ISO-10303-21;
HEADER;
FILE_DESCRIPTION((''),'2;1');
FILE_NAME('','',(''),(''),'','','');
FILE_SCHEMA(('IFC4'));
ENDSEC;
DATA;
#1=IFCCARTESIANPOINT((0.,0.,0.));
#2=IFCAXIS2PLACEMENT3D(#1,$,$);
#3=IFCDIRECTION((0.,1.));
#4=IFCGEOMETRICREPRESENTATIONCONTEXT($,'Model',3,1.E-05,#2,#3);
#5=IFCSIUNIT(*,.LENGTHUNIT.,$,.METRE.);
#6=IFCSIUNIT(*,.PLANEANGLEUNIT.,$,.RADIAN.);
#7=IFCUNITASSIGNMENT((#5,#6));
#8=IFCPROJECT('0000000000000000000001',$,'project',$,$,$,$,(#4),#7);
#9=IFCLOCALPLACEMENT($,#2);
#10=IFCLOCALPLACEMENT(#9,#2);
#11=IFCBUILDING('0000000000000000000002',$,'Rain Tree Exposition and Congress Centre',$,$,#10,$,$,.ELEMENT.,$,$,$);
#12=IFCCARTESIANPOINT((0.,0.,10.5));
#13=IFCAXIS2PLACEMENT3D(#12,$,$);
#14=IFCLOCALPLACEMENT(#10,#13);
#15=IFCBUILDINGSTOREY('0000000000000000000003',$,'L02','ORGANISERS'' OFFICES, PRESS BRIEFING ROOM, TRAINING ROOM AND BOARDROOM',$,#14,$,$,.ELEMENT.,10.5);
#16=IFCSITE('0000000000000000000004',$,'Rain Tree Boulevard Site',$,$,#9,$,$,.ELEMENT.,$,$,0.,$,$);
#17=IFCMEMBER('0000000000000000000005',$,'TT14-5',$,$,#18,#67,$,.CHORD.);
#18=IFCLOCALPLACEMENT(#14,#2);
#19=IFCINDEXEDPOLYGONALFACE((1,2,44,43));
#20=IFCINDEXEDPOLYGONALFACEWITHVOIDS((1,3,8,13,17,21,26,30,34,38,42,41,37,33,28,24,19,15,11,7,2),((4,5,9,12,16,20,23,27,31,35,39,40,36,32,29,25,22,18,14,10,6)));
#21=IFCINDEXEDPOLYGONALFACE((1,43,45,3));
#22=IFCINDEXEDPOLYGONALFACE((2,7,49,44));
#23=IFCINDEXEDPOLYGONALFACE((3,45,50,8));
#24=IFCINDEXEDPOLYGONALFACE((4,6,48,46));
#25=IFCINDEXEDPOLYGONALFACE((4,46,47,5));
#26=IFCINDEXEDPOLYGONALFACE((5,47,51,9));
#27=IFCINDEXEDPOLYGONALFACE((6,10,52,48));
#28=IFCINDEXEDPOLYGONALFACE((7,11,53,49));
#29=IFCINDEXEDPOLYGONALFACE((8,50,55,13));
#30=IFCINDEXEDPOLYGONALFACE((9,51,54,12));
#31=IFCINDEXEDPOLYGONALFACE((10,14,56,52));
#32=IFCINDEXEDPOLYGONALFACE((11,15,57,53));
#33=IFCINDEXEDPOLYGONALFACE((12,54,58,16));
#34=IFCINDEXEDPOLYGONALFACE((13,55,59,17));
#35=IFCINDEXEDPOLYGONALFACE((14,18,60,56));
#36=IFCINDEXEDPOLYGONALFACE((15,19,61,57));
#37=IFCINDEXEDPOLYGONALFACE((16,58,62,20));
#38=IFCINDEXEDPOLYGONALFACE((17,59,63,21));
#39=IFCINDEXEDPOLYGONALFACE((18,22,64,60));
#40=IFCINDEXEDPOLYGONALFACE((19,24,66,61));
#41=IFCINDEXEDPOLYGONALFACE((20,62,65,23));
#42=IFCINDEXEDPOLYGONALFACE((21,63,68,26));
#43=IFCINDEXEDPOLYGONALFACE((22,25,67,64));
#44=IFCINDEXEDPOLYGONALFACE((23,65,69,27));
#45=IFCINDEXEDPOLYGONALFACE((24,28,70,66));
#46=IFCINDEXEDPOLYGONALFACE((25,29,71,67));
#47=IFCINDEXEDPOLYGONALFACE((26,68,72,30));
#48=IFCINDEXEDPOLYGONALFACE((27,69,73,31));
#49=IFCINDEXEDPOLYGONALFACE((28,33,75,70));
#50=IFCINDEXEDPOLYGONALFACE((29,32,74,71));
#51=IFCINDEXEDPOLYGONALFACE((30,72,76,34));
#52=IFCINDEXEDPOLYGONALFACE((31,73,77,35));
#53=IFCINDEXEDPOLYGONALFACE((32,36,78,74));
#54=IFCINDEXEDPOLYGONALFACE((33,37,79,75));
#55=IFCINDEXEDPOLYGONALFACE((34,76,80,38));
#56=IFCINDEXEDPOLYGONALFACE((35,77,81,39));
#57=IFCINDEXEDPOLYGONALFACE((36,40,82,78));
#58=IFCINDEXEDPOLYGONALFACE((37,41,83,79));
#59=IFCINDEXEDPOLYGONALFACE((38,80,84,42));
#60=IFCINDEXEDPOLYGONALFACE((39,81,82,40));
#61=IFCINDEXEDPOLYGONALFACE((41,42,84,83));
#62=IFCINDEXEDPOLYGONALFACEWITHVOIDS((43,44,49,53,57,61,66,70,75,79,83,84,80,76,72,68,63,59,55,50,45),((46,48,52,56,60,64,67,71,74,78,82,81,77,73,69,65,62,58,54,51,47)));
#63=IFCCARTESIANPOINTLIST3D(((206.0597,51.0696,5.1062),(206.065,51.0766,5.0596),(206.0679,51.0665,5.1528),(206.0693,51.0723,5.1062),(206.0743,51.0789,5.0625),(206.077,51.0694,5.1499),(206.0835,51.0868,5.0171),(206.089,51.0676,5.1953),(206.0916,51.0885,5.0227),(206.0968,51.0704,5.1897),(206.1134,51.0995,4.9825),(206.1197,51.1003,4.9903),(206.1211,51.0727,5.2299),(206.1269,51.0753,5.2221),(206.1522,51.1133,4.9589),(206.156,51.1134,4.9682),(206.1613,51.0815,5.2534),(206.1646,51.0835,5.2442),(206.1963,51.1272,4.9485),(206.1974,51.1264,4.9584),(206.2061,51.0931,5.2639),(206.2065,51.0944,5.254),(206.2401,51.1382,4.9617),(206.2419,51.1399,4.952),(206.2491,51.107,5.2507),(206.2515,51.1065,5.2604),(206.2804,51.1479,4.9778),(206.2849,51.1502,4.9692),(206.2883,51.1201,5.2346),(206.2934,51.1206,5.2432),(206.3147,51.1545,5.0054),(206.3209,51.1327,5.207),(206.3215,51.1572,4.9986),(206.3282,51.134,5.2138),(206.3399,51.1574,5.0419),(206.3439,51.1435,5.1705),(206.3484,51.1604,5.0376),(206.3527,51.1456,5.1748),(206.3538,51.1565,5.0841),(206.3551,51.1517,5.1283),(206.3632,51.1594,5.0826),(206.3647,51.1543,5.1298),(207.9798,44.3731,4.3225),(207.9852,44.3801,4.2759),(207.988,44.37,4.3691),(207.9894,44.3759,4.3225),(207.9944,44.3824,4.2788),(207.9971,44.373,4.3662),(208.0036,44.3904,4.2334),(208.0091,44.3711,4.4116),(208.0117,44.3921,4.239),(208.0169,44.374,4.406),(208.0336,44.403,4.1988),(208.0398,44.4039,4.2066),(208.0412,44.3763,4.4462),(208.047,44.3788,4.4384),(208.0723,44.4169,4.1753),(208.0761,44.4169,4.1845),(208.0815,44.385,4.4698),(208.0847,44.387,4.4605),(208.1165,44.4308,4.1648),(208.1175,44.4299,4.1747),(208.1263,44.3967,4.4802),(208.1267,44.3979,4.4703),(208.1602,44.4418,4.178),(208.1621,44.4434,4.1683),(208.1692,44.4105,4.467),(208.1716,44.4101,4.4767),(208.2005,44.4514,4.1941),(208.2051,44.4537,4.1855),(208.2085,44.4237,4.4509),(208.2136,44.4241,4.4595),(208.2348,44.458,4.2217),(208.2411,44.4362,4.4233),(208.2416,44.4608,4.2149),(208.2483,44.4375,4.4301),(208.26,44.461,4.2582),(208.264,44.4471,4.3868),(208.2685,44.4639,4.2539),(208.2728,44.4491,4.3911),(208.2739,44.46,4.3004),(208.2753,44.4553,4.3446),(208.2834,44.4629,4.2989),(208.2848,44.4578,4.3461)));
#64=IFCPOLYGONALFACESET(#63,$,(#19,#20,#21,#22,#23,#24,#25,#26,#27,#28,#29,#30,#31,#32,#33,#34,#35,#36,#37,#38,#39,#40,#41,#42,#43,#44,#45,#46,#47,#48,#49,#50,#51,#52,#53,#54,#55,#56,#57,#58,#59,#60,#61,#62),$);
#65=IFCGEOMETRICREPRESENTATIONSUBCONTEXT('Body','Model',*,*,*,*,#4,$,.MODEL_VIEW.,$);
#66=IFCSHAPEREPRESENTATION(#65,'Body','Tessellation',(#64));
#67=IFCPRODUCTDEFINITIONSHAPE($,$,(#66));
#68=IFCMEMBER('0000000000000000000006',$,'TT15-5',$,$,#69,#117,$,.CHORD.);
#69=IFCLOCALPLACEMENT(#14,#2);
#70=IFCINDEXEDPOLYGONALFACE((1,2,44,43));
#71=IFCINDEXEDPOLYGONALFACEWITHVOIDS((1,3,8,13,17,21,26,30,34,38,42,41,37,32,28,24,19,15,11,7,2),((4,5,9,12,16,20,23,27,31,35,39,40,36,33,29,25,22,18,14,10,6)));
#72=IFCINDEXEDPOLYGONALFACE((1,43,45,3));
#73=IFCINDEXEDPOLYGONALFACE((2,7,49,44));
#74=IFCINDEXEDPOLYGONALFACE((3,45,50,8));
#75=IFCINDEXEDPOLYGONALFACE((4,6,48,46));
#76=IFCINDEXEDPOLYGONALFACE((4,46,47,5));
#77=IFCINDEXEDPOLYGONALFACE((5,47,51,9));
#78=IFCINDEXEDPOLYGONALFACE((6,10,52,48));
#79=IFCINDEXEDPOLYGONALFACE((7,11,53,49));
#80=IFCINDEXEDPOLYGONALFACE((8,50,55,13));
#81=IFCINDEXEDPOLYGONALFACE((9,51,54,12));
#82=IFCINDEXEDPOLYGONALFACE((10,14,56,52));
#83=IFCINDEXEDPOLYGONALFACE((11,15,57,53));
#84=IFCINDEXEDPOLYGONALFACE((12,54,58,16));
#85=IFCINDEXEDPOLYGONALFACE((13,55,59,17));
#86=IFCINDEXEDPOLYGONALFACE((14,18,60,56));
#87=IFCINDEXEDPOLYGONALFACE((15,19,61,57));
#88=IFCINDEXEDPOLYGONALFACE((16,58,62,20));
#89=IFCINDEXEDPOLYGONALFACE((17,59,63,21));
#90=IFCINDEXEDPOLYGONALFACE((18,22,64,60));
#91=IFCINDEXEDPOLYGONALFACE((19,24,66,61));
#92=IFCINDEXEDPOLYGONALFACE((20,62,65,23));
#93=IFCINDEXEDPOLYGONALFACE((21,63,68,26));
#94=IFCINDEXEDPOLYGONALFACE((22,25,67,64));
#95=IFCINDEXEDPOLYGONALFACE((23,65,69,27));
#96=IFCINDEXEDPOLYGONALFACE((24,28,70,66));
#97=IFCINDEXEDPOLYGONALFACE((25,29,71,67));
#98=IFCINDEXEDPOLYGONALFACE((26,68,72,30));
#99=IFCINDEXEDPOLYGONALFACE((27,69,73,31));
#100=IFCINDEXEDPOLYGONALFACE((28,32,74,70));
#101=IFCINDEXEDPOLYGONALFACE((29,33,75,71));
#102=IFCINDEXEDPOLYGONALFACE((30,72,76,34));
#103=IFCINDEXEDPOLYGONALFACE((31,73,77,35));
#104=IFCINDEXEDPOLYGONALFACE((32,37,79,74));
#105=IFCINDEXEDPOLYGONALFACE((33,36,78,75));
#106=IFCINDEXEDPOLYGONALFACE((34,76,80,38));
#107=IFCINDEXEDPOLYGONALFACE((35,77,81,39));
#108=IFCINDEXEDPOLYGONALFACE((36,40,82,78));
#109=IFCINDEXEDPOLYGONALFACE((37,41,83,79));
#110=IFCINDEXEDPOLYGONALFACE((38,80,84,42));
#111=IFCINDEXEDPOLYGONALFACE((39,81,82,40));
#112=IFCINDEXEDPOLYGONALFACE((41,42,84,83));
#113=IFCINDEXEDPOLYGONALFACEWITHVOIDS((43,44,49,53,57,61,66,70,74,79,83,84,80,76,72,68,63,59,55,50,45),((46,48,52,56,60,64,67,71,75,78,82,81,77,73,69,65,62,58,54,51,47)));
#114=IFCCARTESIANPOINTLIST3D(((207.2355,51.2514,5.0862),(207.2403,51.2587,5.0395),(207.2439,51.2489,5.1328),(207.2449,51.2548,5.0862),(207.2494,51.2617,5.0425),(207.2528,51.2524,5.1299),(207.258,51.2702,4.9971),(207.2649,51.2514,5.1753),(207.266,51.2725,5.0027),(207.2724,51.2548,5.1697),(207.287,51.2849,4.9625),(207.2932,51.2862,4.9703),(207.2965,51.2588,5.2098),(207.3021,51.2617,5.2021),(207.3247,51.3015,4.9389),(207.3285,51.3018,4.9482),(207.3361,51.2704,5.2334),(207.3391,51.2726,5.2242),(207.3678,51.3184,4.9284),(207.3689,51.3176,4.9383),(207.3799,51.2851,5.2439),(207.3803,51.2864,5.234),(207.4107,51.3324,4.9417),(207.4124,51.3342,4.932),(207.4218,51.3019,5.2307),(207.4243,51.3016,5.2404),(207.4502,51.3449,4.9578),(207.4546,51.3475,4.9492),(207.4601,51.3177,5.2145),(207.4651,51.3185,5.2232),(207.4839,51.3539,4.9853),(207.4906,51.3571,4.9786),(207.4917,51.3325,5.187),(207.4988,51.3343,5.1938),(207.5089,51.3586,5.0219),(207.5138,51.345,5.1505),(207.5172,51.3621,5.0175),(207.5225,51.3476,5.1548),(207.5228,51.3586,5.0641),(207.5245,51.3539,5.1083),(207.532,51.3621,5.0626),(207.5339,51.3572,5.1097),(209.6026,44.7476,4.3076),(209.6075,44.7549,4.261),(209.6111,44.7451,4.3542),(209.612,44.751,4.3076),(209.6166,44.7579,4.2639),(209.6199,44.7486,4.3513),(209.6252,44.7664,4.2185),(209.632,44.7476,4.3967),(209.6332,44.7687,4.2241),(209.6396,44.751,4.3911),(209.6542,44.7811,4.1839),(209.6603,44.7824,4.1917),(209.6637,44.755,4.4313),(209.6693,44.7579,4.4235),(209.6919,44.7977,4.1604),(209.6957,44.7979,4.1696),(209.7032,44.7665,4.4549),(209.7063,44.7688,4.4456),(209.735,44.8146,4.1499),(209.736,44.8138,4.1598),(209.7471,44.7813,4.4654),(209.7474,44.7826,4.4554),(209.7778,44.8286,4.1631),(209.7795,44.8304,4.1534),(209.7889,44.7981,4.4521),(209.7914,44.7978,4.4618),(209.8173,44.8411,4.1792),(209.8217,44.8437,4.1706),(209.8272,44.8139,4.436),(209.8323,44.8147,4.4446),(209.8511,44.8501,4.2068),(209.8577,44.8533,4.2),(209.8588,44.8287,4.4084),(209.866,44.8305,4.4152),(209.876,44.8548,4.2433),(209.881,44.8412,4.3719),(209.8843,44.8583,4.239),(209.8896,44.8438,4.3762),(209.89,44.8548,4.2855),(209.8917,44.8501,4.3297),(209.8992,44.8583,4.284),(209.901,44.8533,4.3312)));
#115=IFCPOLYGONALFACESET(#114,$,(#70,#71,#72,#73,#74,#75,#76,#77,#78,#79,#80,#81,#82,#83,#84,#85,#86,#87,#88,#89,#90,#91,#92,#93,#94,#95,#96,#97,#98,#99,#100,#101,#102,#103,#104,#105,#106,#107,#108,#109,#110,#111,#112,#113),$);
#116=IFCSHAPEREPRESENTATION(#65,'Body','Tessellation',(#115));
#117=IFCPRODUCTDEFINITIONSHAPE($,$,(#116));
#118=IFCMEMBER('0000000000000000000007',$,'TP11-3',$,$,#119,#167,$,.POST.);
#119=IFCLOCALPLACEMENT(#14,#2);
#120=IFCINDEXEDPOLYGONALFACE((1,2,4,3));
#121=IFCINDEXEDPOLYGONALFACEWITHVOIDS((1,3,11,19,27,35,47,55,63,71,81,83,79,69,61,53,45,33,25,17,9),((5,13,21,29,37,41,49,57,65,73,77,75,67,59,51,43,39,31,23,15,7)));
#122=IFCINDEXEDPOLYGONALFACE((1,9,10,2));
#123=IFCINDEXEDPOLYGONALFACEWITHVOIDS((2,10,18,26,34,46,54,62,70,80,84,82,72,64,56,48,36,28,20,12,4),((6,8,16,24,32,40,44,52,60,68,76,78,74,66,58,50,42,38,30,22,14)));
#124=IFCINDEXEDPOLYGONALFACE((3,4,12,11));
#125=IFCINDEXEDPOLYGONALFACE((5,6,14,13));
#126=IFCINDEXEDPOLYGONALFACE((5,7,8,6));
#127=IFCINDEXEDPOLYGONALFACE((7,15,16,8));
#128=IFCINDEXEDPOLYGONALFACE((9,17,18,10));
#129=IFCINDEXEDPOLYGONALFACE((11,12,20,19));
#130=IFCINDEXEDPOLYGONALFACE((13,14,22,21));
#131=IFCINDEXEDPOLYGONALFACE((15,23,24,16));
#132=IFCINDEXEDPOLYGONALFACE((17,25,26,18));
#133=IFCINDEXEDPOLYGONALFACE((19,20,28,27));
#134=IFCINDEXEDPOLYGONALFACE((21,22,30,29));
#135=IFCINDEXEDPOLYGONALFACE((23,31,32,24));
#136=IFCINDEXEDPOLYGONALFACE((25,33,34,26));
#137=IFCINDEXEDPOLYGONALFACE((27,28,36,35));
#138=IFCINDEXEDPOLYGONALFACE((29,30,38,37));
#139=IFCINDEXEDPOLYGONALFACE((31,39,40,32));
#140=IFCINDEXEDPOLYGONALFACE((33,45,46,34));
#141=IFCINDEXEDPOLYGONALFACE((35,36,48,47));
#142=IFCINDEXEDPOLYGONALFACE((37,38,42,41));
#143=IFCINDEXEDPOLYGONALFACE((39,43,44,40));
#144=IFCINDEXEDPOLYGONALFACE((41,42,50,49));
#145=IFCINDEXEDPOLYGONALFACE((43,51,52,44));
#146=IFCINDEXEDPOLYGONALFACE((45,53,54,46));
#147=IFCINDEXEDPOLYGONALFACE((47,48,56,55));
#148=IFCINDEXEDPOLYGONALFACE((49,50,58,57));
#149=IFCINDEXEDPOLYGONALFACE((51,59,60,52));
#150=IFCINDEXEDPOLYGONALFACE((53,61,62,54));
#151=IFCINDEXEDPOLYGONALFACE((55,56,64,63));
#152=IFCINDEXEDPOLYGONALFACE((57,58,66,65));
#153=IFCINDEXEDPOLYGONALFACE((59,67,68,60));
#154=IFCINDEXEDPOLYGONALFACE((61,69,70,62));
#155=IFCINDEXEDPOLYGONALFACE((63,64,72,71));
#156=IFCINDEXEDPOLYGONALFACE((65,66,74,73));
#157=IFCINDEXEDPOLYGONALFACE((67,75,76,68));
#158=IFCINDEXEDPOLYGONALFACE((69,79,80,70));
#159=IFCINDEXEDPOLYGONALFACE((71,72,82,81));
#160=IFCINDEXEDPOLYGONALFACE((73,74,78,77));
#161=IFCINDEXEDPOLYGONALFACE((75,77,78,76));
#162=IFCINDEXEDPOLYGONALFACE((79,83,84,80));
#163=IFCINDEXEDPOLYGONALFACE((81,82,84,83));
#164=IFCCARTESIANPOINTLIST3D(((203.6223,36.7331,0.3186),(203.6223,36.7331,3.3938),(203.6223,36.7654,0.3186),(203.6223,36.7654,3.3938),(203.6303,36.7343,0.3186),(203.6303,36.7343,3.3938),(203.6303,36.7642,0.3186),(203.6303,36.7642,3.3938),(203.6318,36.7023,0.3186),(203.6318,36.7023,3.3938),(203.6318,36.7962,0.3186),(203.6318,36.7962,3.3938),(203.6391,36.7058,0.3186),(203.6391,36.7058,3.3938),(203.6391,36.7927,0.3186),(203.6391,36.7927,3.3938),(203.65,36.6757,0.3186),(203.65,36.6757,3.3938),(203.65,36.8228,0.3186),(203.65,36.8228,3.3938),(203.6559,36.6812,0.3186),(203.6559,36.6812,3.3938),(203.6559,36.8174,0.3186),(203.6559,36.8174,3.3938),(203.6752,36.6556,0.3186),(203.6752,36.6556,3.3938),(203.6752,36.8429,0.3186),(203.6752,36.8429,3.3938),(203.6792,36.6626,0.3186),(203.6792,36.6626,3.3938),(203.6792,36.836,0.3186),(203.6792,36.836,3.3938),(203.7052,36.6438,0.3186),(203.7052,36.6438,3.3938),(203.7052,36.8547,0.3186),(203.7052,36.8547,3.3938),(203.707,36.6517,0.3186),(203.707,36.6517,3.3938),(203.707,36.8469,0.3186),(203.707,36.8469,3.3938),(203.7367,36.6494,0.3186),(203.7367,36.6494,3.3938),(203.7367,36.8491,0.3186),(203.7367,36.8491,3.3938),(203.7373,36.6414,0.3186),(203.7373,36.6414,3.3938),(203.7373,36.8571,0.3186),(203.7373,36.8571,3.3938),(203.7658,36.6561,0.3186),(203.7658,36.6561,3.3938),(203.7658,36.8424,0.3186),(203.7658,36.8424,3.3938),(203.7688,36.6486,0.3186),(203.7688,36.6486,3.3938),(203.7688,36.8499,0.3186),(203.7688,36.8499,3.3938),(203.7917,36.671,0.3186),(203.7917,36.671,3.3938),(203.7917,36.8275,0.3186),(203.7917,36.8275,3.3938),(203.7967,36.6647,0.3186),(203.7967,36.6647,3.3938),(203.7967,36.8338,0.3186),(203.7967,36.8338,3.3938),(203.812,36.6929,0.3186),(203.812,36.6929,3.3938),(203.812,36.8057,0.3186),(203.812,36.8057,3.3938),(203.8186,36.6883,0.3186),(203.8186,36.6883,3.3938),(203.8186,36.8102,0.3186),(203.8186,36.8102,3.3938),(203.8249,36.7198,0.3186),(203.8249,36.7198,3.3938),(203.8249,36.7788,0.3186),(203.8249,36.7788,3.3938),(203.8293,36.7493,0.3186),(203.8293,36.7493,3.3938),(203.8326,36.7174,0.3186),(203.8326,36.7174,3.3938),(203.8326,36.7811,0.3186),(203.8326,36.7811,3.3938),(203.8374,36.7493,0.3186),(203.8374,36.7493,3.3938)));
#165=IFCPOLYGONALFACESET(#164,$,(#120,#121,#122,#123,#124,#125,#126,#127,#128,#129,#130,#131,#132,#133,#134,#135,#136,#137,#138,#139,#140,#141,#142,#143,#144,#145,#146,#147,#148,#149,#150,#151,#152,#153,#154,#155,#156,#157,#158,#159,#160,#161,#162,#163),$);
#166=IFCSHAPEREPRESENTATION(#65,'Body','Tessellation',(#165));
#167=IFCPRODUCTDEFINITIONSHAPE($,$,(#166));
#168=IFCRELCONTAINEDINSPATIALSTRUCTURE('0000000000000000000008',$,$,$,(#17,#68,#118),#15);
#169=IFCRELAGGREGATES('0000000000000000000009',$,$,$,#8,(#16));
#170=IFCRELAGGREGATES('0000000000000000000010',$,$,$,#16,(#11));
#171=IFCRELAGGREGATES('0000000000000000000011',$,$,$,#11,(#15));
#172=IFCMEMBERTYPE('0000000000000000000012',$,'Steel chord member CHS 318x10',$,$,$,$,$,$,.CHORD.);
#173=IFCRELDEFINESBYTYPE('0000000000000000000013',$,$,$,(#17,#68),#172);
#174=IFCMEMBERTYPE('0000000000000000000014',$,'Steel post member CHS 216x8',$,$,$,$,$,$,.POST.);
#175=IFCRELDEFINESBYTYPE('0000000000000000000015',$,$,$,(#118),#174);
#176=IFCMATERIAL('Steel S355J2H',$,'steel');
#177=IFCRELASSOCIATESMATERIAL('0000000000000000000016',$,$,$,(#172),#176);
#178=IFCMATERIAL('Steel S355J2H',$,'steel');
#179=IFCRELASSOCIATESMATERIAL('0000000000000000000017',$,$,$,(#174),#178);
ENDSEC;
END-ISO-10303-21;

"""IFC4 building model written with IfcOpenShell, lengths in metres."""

from ifc_helpers import new_model, si_unit, direction, frame, origin, origin_2d, place, context, subcontext, project, spatial, hollow_circle, extrude, material, material_profile, profile_set, type_object, element, save


model = new_model("IFC4")

# Units and contexts
model_context = context("Model", 3, precision=1e-05, world=origin(), true_north=direction((0.0, 1.0)))
body_context = subcontext(model_context, "Body", "Model", "MODEL_VIEW")
ifc_project = project(units=[si_unit("LENGTHUNIT", "METRE"), si_unit("PLANEANGLEUNIT", "RADIAN")], contexts=[model_context])

# Site, building, storey
site_placement = place(None, origin())
site = spatial("IfcSite", under=ifc_project, at=site_placement, Name="Rain Tree Boulevard Site", CompositionType="ELEMENT", RefElevation=0.0)
building_placement = place(site_placement, origin())
building = spatial("IfcBuilding", under=site, at=building_placement, Name="Rain Tree Exposition and Congress Centre", CompositionType="ELEMENT")
storey_placement = place(building_placement, frame((0.0, 0.0, 10.5)))
storey = spatial("IfcBuildingStorey", under=building, at=storey_placement, Name="L02", Description="ORGANISERS' OFFICES, PRESS BRIEFING ROOM, TRAINING ROOM AND BOARDROOM", CompositionType="ELEMENT", Elevation=10.5)

# Members
ifc_material_1 = material(Name="Steel S355J2H", Category="steel")
ifc_material_profile_1 = material_profile(ifc_material_1, hollow_circle(Radius=0.1592, WallThickness=0.01, at=origin_2d()), Name="CHS 318x10")
ifc_profile_set_1 = profile_set([ifc_material_profile_1], Name="Steel S355J2H")
member_type_1 = type_object("IfcMemberType", Name="Steel chord member CHS 318x10", PredefinedType="CHORD", material=ifc_profile_set_1)
member_1_placement = place(storey_placement, frame((208.1328, 44.417, 4.3225), z_axis=(-0.273905, 0.955238, 0.111791), x_axis=(-0.961263, -0.275633, 0.0)))
element("IfcMember", 1, at=member_1_placement, inside=storey, type_object=member_type_1, Name="TT14-5", PredefinedType="CHORD", context=body_context, shape_type="SweptSolid", body=[
    extrude(hollow_circle(Radius=0.1592, WallThickness=0.01, at=origin_2d()), origin(), (0.0, 0.0, 1.0), 7.0103),
])
member_2_placement = place(storey_placement, frame((209.7522, 44.802, 4.3076), z_axis=(-0.339871, 0.933805, 0.111783), x_axis=(-0.939695, -0.342015, 0.0)))
element("IfcMember", 2, at=member_2_placement, inside=storey, type_object=member_type_1, Name="TT15-5", PredefinedType="CHORD", context=body_context, shape_type="SweptSolid", body=[
    extrude(hollow_circle(Radius=0.1592, WallThickness=0.01, at=origin_2d()), origin(), (0.0, 0.0, 1.0), 6.9648),
])
ifc_material_2 = material(Name="Steel S355J2H", Category="steel")
ifc_material_profile_2 = material_profile(ifc_material_2, hollow_circle(Radius=0.1082, WallThickness=0.0081, at=origin_2d()), Name="CHS 216x8")
ifc_profile_set_2 = profile_set([ifc_material_profile_2], Name="Steel S355J2H")
member_type_2 = type_object("IfcMemberType", Name="Steel post member CHS 216x8", PredefinedType="POST", material=ifc_profile_set_2)
member_3_placement = place(storey_placement, frame((203.7292, 36.7493, 0.3186), z_axis=(0.0, 0.0, 1.0), x_axis=(1.0, 0.0, 0.0)))
element("IfcMember", 3, at=member_3_placement, inside=storey, type_object=member_type_2, Name="TP11-3", PredefinedType="POST", context=body_context, shape_type="SweptSolid", body=[
    extrude(hollow_circle(Radius=0.1082, WallThickness=0.0081, at=origin_2d()), origin(), (0.0, 0.0, 1.0), 3.0752),
])

save(model, "model.ifc")
